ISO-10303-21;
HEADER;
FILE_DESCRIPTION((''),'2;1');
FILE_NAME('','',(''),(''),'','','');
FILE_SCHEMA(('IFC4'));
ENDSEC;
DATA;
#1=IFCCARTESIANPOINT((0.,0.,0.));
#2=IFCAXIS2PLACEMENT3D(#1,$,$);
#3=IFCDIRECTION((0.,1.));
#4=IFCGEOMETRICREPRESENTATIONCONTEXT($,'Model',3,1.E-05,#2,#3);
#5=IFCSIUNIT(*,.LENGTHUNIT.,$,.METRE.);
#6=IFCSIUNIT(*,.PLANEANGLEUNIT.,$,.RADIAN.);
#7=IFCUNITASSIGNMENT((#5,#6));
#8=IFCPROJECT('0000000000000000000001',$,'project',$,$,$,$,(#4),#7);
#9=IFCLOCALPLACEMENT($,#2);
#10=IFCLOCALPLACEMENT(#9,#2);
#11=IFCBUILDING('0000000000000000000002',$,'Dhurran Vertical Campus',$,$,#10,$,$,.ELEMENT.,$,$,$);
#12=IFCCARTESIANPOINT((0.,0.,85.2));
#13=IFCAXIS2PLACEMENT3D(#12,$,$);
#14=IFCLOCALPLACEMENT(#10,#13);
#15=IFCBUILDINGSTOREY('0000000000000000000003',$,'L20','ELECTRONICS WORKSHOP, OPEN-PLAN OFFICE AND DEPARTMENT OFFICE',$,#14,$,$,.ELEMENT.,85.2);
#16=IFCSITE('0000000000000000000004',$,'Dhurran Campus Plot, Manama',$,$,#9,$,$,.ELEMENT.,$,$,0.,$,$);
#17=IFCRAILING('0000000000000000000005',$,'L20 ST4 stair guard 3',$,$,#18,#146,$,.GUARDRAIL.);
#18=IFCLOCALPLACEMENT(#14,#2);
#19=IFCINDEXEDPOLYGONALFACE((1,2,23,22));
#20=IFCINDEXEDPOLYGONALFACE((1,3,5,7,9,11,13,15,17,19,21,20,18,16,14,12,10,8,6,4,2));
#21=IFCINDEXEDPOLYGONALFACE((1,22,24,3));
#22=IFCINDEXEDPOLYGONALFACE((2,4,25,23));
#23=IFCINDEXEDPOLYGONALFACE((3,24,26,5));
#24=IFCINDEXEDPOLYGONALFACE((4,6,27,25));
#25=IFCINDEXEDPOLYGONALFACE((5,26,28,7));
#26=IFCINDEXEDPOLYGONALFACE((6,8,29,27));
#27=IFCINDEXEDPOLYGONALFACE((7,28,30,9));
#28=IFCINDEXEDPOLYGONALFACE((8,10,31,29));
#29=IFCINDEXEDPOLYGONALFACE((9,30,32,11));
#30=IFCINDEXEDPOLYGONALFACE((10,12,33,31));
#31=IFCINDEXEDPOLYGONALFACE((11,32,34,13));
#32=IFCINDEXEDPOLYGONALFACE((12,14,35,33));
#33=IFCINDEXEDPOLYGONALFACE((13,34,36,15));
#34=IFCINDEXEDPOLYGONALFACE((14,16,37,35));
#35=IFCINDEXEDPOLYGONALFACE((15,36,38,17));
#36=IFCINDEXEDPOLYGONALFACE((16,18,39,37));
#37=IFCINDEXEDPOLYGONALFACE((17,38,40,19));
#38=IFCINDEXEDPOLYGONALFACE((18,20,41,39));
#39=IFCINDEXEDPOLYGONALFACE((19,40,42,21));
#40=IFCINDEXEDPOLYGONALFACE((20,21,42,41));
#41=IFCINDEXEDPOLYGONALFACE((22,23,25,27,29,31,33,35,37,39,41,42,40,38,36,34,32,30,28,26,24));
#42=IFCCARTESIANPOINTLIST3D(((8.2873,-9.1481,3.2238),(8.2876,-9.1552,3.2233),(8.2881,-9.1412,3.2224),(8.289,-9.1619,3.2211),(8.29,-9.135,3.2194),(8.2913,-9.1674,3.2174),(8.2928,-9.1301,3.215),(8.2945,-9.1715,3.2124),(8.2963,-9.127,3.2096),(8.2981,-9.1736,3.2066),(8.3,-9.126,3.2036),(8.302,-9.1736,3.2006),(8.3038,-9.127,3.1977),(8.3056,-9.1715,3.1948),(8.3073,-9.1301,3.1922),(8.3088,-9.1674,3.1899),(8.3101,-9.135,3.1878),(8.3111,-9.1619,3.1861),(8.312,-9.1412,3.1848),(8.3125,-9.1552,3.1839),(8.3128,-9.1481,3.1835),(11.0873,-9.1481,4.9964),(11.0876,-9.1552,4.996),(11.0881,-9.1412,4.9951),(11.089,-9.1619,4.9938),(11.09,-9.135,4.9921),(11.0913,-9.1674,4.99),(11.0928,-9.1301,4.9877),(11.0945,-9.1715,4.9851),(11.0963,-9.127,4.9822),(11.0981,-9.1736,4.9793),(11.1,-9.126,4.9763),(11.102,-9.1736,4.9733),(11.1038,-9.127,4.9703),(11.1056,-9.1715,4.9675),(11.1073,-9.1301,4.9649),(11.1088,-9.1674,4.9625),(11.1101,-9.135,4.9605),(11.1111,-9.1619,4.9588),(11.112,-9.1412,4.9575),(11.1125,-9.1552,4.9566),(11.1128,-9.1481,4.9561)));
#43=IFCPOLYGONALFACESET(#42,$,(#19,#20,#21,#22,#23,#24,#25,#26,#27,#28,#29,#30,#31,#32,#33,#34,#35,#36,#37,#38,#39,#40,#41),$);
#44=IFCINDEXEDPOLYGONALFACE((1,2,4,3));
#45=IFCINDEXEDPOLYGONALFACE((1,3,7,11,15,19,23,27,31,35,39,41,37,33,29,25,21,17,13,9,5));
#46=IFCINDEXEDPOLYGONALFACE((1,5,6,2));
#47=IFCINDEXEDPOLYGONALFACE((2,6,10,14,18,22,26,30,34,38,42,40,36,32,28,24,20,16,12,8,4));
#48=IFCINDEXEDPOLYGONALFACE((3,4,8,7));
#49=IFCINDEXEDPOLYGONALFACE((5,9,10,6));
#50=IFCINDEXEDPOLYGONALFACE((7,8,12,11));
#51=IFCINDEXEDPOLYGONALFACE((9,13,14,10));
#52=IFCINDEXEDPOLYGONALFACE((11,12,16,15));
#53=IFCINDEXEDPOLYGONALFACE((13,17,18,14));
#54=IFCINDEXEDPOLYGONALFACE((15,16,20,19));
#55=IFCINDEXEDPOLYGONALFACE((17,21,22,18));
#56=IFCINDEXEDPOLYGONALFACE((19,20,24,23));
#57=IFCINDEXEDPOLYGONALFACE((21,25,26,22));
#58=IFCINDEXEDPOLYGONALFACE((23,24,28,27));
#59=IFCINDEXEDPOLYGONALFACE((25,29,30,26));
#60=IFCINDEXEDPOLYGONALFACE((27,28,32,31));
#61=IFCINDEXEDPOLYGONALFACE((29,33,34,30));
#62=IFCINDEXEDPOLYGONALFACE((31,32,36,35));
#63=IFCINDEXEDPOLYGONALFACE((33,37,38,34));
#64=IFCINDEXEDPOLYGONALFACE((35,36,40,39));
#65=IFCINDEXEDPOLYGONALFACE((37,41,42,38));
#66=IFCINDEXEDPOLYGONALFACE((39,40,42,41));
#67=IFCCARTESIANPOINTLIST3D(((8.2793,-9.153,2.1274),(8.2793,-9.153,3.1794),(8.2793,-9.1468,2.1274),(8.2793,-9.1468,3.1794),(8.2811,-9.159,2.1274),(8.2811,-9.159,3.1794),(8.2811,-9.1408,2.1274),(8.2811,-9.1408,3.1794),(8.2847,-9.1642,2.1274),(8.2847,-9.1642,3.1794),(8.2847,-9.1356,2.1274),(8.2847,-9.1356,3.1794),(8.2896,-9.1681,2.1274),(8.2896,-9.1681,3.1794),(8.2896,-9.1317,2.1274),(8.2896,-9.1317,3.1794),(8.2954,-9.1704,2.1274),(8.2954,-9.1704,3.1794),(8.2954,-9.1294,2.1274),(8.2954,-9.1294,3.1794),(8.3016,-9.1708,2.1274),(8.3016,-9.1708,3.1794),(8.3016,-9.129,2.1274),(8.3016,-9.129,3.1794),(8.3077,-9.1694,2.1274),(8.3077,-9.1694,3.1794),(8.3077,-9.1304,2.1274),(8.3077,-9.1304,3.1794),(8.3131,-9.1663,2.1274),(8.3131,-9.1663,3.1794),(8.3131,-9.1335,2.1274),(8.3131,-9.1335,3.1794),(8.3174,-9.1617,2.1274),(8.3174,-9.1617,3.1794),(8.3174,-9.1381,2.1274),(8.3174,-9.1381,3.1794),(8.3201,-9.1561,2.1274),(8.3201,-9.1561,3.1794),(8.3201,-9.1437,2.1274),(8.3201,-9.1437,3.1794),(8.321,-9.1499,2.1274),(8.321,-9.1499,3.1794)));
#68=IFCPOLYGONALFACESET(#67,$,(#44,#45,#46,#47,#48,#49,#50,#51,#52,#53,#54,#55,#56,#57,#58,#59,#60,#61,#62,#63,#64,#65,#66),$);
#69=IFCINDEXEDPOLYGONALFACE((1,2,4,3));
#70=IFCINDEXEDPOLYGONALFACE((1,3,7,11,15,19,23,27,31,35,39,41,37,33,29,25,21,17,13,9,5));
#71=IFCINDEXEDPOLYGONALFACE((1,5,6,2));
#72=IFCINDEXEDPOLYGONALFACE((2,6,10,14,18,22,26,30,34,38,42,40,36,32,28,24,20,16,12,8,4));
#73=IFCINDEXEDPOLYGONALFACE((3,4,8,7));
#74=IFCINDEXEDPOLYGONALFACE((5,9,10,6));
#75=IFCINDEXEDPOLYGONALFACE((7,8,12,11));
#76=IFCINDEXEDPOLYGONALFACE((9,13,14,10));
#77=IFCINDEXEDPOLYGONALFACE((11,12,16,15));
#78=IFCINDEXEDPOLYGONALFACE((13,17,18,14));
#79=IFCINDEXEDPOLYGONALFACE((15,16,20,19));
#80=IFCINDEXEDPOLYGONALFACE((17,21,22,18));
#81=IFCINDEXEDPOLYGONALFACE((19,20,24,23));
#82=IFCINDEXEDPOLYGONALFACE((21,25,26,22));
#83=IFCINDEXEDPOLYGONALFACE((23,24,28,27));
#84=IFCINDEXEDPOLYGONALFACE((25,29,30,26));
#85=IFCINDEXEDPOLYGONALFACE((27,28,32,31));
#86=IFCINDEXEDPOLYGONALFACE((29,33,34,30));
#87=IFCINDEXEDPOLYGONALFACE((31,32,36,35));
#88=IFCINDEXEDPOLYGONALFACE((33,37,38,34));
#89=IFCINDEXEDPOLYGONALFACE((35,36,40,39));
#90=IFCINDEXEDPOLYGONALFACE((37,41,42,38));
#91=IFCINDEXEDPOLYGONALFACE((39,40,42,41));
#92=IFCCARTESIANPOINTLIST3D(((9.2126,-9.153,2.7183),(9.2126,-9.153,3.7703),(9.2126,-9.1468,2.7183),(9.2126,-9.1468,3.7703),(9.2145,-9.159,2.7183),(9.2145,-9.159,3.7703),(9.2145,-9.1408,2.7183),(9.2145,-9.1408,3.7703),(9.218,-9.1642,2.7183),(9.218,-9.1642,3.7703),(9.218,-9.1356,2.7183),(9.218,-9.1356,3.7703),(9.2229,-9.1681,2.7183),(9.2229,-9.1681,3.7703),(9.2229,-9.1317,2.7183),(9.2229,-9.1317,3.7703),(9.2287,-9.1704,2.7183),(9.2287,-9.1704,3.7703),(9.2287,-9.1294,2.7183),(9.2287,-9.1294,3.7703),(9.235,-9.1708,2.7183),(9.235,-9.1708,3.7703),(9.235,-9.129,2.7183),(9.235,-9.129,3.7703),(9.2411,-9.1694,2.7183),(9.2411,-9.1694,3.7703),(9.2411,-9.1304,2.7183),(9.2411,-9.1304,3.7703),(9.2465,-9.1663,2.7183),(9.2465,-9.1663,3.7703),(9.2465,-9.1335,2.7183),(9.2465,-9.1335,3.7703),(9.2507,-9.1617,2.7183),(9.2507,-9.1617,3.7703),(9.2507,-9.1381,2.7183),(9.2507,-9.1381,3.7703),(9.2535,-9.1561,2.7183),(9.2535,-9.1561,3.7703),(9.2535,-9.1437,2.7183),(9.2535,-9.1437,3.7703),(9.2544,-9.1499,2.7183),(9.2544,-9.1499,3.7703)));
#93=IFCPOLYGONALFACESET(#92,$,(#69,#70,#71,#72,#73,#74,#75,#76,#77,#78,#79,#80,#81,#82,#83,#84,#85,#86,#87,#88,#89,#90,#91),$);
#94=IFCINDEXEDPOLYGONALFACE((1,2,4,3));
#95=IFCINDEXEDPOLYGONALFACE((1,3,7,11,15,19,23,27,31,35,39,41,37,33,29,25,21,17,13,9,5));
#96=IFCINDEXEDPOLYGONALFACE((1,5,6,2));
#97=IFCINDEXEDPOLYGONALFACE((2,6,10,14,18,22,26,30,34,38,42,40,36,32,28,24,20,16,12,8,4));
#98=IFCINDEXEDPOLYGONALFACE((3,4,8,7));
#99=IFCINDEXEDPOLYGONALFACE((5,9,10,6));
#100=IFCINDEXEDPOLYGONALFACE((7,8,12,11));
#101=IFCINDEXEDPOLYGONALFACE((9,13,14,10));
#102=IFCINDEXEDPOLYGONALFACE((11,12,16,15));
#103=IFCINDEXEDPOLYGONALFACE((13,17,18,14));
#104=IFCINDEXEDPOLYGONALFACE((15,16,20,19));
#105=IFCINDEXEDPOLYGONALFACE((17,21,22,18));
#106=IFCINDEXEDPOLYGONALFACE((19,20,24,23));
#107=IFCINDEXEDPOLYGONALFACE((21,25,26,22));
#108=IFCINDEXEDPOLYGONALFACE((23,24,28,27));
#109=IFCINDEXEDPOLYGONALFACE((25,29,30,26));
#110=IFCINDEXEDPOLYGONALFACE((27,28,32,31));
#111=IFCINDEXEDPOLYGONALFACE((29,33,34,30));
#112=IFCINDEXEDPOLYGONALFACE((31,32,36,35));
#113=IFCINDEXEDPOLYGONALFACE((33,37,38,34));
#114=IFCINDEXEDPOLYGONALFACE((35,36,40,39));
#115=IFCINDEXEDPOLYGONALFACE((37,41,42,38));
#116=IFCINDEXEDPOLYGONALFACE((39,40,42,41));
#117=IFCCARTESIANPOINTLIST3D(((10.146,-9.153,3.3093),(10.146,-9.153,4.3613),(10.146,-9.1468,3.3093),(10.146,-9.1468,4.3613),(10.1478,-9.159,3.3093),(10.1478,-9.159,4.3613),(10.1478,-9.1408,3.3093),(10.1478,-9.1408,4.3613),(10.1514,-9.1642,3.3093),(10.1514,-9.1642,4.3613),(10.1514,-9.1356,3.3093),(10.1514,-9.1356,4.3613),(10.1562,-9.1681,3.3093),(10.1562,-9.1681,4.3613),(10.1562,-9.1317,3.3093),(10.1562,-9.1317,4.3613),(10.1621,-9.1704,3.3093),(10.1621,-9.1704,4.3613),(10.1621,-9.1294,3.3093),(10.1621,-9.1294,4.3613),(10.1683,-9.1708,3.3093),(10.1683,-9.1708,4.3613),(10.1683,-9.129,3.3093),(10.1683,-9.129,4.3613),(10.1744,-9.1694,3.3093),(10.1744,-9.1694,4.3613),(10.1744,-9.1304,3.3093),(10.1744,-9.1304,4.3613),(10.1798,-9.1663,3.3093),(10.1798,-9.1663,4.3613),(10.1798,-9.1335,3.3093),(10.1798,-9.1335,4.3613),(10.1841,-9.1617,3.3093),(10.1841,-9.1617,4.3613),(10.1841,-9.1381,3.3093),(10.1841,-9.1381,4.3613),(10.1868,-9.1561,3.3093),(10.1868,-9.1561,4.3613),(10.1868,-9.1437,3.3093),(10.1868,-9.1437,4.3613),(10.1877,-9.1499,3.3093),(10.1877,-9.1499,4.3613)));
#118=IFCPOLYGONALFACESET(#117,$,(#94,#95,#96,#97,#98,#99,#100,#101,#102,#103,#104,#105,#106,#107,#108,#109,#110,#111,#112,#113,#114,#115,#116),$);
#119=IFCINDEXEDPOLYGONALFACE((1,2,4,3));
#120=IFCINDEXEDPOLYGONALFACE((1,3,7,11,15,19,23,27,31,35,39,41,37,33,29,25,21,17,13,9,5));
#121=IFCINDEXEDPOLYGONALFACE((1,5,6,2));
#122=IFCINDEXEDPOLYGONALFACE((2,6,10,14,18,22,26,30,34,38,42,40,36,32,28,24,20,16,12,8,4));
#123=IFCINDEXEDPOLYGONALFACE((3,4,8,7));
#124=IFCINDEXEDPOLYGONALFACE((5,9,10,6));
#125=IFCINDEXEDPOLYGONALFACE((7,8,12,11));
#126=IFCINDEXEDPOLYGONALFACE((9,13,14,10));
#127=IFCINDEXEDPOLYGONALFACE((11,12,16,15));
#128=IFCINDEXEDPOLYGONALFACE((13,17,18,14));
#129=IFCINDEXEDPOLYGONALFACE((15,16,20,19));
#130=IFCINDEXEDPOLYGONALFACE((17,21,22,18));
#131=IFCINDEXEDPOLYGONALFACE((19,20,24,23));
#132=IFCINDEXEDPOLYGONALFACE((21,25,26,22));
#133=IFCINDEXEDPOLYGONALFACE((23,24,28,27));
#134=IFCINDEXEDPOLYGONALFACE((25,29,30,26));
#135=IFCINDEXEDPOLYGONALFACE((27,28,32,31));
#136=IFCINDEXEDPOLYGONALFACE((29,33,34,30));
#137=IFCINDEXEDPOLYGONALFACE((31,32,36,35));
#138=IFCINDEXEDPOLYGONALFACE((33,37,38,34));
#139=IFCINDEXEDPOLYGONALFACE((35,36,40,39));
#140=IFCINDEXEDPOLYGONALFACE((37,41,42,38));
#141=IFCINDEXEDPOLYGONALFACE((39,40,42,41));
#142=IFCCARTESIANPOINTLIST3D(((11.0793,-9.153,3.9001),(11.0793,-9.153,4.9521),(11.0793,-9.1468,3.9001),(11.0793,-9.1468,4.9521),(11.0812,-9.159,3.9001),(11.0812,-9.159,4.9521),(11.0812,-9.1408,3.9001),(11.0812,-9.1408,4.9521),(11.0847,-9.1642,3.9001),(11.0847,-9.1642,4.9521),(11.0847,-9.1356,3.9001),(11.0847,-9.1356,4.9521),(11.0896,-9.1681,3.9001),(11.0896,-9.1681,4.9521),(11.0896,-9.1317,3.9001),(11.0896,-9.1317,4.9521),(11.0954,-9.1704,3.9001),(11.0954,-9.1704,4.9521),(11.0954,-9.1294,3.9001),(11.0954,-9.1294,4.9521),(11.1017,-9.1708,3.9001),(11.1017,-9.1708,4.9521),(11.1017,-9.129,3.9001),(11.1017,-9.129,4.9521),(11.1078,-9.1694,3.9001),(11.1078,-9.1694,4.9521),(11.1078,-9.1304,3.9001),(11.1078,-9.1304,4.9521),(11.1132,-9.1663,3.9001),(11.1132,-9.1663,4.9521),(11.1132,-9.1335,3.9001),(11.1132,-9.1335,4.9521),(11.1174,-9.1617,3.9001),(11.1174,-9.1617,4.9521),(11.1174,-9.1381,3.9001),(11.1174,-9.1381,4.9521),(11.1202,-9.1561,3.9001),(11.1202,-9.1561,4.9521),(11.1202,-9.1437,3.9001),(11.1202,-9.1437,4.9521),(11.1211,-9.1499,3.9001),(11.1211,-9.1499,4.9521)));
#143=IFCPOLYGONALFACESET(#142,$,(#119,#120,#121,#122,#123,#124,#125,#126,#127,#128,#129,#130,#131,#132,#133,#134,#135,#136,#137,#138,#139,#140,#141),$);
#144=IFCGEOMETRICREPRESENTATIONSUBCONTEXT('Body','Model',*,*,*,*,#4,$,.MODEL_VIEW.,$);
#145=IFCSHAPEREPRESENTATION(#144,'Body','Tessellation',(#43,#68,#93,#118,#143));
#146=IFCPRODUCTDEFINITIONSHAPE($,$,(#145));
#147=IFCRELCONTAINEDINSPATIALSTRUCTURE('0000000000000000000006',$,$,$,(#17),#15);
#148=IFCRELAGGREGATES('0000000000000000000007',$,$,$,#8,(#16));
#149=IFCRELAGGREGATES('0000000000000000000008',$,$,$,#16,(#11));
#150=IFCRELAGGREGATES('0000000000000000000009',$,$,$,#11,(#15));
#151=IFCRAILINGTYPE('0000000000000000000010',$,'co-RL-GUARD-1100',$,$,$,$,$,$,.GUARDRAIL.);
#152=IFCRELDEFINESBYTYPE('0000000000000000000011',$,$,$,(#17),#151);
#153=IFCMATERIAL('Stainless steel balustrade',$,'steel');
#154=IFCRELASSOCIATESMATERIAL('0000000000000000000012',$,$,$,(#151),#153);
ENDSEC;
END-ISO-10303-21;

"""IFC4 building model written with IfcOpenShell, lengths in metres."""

from ifc_helpers import new_model, si_unit, direction, frame, origin, origin_2d, place, context, subcontext, project, spatial, circle, extrude, material, type_object, element, save


model = new_model("IFC4")

# Units and contexts
model_context = context("Model", 3, precision=1e-05, world=origin(), true_north=direction((0.0, 1.0)))
body_context = subcontext(model_context, "Body", "Model", "MODEL_VIEW")
ifc_project = project(units=[si_unit("LENGTHUNIT", "METRE"), si_unit("PLANEANGLEUNIT", "RADIAN")], contexts=[model_context])

# Site, building, storey
site_placement = place(None, origin())
site = spatial("IfcSite", under=ifc_project, at=site_placement, Name="Dhurran Campus Plot, Manama", CompositionType="ELEMENT", RefElevation=0.0)
building_placement = place(site_placement, origin())
building = spatial("IfcBuilding", under=site, at=building_placement, Name="Dhurran Vertical Campus", CompositionType="ELEMENT")
storey_placement = place(building_placement, frame((0.0, 0.0, 85.2)))
storey = spatial("IfcBuildingStorey", under=building, at=storey_placement, Name="L20", Description="ELECTRONICS WORKSHOP, OPEN-PLAN OFFICE AND DEPARTMENT OFFICE", CompositionType="ELEMENT", Elevation=85.2)

# Railing
ifc_material_1 = material(Name="Stainless steel balustrade", Category="steel")
railing_type_1 = type_object("IfcRailingType", Name="co-RL-GUARD-1100", PredefinedType="GUARDRAIL", material=ifc_material_1)
railing_1_placement = place(storey_placement, frame((8.3, -9.1499, 2.1274)))
element("IfcRailing", 1, at=railing_1_placement, inside=storey, type_object=railing_type_1, Name="L20 ST4 stair guard 3", PredefinedType="GUARDRAIL", context=body_context, shape_type="SweptSolid", body=[
    extrude(circle(Radius=0.0239, at=origin_2d()), frame((0.0, 0.0, 1.0762), z_axis=(0.844909, 0.0, 0.53491), x_axis=(0.0, 1.0, 0.0)), (0.0, 0.0, 1.0), 3.314),
    extrude(circle(Radius=0.021, at=origin_2d()), origin(), (0.0, 0.0, 1.0), 1.052),
    extrude(circle(Radius=0.021, at=origin_2d()), frame((0.9333, 0.0, 0.5908)), (0.0, 0.0, 1.0), 1.052),
    extrude(circle(Radius=0.021, at=origin_2d()), frame((1.8667, 0.0, 1.1819)), (0.0, 0.0, 1.0), 1.052),
    extrude(circle(Radius=0.021, at=origin_2d()), frame((2.8, 0.0, 1.7727)), (0.0, 0.0, 1.0), 1.052),
])

save(model, "model.ifc")
